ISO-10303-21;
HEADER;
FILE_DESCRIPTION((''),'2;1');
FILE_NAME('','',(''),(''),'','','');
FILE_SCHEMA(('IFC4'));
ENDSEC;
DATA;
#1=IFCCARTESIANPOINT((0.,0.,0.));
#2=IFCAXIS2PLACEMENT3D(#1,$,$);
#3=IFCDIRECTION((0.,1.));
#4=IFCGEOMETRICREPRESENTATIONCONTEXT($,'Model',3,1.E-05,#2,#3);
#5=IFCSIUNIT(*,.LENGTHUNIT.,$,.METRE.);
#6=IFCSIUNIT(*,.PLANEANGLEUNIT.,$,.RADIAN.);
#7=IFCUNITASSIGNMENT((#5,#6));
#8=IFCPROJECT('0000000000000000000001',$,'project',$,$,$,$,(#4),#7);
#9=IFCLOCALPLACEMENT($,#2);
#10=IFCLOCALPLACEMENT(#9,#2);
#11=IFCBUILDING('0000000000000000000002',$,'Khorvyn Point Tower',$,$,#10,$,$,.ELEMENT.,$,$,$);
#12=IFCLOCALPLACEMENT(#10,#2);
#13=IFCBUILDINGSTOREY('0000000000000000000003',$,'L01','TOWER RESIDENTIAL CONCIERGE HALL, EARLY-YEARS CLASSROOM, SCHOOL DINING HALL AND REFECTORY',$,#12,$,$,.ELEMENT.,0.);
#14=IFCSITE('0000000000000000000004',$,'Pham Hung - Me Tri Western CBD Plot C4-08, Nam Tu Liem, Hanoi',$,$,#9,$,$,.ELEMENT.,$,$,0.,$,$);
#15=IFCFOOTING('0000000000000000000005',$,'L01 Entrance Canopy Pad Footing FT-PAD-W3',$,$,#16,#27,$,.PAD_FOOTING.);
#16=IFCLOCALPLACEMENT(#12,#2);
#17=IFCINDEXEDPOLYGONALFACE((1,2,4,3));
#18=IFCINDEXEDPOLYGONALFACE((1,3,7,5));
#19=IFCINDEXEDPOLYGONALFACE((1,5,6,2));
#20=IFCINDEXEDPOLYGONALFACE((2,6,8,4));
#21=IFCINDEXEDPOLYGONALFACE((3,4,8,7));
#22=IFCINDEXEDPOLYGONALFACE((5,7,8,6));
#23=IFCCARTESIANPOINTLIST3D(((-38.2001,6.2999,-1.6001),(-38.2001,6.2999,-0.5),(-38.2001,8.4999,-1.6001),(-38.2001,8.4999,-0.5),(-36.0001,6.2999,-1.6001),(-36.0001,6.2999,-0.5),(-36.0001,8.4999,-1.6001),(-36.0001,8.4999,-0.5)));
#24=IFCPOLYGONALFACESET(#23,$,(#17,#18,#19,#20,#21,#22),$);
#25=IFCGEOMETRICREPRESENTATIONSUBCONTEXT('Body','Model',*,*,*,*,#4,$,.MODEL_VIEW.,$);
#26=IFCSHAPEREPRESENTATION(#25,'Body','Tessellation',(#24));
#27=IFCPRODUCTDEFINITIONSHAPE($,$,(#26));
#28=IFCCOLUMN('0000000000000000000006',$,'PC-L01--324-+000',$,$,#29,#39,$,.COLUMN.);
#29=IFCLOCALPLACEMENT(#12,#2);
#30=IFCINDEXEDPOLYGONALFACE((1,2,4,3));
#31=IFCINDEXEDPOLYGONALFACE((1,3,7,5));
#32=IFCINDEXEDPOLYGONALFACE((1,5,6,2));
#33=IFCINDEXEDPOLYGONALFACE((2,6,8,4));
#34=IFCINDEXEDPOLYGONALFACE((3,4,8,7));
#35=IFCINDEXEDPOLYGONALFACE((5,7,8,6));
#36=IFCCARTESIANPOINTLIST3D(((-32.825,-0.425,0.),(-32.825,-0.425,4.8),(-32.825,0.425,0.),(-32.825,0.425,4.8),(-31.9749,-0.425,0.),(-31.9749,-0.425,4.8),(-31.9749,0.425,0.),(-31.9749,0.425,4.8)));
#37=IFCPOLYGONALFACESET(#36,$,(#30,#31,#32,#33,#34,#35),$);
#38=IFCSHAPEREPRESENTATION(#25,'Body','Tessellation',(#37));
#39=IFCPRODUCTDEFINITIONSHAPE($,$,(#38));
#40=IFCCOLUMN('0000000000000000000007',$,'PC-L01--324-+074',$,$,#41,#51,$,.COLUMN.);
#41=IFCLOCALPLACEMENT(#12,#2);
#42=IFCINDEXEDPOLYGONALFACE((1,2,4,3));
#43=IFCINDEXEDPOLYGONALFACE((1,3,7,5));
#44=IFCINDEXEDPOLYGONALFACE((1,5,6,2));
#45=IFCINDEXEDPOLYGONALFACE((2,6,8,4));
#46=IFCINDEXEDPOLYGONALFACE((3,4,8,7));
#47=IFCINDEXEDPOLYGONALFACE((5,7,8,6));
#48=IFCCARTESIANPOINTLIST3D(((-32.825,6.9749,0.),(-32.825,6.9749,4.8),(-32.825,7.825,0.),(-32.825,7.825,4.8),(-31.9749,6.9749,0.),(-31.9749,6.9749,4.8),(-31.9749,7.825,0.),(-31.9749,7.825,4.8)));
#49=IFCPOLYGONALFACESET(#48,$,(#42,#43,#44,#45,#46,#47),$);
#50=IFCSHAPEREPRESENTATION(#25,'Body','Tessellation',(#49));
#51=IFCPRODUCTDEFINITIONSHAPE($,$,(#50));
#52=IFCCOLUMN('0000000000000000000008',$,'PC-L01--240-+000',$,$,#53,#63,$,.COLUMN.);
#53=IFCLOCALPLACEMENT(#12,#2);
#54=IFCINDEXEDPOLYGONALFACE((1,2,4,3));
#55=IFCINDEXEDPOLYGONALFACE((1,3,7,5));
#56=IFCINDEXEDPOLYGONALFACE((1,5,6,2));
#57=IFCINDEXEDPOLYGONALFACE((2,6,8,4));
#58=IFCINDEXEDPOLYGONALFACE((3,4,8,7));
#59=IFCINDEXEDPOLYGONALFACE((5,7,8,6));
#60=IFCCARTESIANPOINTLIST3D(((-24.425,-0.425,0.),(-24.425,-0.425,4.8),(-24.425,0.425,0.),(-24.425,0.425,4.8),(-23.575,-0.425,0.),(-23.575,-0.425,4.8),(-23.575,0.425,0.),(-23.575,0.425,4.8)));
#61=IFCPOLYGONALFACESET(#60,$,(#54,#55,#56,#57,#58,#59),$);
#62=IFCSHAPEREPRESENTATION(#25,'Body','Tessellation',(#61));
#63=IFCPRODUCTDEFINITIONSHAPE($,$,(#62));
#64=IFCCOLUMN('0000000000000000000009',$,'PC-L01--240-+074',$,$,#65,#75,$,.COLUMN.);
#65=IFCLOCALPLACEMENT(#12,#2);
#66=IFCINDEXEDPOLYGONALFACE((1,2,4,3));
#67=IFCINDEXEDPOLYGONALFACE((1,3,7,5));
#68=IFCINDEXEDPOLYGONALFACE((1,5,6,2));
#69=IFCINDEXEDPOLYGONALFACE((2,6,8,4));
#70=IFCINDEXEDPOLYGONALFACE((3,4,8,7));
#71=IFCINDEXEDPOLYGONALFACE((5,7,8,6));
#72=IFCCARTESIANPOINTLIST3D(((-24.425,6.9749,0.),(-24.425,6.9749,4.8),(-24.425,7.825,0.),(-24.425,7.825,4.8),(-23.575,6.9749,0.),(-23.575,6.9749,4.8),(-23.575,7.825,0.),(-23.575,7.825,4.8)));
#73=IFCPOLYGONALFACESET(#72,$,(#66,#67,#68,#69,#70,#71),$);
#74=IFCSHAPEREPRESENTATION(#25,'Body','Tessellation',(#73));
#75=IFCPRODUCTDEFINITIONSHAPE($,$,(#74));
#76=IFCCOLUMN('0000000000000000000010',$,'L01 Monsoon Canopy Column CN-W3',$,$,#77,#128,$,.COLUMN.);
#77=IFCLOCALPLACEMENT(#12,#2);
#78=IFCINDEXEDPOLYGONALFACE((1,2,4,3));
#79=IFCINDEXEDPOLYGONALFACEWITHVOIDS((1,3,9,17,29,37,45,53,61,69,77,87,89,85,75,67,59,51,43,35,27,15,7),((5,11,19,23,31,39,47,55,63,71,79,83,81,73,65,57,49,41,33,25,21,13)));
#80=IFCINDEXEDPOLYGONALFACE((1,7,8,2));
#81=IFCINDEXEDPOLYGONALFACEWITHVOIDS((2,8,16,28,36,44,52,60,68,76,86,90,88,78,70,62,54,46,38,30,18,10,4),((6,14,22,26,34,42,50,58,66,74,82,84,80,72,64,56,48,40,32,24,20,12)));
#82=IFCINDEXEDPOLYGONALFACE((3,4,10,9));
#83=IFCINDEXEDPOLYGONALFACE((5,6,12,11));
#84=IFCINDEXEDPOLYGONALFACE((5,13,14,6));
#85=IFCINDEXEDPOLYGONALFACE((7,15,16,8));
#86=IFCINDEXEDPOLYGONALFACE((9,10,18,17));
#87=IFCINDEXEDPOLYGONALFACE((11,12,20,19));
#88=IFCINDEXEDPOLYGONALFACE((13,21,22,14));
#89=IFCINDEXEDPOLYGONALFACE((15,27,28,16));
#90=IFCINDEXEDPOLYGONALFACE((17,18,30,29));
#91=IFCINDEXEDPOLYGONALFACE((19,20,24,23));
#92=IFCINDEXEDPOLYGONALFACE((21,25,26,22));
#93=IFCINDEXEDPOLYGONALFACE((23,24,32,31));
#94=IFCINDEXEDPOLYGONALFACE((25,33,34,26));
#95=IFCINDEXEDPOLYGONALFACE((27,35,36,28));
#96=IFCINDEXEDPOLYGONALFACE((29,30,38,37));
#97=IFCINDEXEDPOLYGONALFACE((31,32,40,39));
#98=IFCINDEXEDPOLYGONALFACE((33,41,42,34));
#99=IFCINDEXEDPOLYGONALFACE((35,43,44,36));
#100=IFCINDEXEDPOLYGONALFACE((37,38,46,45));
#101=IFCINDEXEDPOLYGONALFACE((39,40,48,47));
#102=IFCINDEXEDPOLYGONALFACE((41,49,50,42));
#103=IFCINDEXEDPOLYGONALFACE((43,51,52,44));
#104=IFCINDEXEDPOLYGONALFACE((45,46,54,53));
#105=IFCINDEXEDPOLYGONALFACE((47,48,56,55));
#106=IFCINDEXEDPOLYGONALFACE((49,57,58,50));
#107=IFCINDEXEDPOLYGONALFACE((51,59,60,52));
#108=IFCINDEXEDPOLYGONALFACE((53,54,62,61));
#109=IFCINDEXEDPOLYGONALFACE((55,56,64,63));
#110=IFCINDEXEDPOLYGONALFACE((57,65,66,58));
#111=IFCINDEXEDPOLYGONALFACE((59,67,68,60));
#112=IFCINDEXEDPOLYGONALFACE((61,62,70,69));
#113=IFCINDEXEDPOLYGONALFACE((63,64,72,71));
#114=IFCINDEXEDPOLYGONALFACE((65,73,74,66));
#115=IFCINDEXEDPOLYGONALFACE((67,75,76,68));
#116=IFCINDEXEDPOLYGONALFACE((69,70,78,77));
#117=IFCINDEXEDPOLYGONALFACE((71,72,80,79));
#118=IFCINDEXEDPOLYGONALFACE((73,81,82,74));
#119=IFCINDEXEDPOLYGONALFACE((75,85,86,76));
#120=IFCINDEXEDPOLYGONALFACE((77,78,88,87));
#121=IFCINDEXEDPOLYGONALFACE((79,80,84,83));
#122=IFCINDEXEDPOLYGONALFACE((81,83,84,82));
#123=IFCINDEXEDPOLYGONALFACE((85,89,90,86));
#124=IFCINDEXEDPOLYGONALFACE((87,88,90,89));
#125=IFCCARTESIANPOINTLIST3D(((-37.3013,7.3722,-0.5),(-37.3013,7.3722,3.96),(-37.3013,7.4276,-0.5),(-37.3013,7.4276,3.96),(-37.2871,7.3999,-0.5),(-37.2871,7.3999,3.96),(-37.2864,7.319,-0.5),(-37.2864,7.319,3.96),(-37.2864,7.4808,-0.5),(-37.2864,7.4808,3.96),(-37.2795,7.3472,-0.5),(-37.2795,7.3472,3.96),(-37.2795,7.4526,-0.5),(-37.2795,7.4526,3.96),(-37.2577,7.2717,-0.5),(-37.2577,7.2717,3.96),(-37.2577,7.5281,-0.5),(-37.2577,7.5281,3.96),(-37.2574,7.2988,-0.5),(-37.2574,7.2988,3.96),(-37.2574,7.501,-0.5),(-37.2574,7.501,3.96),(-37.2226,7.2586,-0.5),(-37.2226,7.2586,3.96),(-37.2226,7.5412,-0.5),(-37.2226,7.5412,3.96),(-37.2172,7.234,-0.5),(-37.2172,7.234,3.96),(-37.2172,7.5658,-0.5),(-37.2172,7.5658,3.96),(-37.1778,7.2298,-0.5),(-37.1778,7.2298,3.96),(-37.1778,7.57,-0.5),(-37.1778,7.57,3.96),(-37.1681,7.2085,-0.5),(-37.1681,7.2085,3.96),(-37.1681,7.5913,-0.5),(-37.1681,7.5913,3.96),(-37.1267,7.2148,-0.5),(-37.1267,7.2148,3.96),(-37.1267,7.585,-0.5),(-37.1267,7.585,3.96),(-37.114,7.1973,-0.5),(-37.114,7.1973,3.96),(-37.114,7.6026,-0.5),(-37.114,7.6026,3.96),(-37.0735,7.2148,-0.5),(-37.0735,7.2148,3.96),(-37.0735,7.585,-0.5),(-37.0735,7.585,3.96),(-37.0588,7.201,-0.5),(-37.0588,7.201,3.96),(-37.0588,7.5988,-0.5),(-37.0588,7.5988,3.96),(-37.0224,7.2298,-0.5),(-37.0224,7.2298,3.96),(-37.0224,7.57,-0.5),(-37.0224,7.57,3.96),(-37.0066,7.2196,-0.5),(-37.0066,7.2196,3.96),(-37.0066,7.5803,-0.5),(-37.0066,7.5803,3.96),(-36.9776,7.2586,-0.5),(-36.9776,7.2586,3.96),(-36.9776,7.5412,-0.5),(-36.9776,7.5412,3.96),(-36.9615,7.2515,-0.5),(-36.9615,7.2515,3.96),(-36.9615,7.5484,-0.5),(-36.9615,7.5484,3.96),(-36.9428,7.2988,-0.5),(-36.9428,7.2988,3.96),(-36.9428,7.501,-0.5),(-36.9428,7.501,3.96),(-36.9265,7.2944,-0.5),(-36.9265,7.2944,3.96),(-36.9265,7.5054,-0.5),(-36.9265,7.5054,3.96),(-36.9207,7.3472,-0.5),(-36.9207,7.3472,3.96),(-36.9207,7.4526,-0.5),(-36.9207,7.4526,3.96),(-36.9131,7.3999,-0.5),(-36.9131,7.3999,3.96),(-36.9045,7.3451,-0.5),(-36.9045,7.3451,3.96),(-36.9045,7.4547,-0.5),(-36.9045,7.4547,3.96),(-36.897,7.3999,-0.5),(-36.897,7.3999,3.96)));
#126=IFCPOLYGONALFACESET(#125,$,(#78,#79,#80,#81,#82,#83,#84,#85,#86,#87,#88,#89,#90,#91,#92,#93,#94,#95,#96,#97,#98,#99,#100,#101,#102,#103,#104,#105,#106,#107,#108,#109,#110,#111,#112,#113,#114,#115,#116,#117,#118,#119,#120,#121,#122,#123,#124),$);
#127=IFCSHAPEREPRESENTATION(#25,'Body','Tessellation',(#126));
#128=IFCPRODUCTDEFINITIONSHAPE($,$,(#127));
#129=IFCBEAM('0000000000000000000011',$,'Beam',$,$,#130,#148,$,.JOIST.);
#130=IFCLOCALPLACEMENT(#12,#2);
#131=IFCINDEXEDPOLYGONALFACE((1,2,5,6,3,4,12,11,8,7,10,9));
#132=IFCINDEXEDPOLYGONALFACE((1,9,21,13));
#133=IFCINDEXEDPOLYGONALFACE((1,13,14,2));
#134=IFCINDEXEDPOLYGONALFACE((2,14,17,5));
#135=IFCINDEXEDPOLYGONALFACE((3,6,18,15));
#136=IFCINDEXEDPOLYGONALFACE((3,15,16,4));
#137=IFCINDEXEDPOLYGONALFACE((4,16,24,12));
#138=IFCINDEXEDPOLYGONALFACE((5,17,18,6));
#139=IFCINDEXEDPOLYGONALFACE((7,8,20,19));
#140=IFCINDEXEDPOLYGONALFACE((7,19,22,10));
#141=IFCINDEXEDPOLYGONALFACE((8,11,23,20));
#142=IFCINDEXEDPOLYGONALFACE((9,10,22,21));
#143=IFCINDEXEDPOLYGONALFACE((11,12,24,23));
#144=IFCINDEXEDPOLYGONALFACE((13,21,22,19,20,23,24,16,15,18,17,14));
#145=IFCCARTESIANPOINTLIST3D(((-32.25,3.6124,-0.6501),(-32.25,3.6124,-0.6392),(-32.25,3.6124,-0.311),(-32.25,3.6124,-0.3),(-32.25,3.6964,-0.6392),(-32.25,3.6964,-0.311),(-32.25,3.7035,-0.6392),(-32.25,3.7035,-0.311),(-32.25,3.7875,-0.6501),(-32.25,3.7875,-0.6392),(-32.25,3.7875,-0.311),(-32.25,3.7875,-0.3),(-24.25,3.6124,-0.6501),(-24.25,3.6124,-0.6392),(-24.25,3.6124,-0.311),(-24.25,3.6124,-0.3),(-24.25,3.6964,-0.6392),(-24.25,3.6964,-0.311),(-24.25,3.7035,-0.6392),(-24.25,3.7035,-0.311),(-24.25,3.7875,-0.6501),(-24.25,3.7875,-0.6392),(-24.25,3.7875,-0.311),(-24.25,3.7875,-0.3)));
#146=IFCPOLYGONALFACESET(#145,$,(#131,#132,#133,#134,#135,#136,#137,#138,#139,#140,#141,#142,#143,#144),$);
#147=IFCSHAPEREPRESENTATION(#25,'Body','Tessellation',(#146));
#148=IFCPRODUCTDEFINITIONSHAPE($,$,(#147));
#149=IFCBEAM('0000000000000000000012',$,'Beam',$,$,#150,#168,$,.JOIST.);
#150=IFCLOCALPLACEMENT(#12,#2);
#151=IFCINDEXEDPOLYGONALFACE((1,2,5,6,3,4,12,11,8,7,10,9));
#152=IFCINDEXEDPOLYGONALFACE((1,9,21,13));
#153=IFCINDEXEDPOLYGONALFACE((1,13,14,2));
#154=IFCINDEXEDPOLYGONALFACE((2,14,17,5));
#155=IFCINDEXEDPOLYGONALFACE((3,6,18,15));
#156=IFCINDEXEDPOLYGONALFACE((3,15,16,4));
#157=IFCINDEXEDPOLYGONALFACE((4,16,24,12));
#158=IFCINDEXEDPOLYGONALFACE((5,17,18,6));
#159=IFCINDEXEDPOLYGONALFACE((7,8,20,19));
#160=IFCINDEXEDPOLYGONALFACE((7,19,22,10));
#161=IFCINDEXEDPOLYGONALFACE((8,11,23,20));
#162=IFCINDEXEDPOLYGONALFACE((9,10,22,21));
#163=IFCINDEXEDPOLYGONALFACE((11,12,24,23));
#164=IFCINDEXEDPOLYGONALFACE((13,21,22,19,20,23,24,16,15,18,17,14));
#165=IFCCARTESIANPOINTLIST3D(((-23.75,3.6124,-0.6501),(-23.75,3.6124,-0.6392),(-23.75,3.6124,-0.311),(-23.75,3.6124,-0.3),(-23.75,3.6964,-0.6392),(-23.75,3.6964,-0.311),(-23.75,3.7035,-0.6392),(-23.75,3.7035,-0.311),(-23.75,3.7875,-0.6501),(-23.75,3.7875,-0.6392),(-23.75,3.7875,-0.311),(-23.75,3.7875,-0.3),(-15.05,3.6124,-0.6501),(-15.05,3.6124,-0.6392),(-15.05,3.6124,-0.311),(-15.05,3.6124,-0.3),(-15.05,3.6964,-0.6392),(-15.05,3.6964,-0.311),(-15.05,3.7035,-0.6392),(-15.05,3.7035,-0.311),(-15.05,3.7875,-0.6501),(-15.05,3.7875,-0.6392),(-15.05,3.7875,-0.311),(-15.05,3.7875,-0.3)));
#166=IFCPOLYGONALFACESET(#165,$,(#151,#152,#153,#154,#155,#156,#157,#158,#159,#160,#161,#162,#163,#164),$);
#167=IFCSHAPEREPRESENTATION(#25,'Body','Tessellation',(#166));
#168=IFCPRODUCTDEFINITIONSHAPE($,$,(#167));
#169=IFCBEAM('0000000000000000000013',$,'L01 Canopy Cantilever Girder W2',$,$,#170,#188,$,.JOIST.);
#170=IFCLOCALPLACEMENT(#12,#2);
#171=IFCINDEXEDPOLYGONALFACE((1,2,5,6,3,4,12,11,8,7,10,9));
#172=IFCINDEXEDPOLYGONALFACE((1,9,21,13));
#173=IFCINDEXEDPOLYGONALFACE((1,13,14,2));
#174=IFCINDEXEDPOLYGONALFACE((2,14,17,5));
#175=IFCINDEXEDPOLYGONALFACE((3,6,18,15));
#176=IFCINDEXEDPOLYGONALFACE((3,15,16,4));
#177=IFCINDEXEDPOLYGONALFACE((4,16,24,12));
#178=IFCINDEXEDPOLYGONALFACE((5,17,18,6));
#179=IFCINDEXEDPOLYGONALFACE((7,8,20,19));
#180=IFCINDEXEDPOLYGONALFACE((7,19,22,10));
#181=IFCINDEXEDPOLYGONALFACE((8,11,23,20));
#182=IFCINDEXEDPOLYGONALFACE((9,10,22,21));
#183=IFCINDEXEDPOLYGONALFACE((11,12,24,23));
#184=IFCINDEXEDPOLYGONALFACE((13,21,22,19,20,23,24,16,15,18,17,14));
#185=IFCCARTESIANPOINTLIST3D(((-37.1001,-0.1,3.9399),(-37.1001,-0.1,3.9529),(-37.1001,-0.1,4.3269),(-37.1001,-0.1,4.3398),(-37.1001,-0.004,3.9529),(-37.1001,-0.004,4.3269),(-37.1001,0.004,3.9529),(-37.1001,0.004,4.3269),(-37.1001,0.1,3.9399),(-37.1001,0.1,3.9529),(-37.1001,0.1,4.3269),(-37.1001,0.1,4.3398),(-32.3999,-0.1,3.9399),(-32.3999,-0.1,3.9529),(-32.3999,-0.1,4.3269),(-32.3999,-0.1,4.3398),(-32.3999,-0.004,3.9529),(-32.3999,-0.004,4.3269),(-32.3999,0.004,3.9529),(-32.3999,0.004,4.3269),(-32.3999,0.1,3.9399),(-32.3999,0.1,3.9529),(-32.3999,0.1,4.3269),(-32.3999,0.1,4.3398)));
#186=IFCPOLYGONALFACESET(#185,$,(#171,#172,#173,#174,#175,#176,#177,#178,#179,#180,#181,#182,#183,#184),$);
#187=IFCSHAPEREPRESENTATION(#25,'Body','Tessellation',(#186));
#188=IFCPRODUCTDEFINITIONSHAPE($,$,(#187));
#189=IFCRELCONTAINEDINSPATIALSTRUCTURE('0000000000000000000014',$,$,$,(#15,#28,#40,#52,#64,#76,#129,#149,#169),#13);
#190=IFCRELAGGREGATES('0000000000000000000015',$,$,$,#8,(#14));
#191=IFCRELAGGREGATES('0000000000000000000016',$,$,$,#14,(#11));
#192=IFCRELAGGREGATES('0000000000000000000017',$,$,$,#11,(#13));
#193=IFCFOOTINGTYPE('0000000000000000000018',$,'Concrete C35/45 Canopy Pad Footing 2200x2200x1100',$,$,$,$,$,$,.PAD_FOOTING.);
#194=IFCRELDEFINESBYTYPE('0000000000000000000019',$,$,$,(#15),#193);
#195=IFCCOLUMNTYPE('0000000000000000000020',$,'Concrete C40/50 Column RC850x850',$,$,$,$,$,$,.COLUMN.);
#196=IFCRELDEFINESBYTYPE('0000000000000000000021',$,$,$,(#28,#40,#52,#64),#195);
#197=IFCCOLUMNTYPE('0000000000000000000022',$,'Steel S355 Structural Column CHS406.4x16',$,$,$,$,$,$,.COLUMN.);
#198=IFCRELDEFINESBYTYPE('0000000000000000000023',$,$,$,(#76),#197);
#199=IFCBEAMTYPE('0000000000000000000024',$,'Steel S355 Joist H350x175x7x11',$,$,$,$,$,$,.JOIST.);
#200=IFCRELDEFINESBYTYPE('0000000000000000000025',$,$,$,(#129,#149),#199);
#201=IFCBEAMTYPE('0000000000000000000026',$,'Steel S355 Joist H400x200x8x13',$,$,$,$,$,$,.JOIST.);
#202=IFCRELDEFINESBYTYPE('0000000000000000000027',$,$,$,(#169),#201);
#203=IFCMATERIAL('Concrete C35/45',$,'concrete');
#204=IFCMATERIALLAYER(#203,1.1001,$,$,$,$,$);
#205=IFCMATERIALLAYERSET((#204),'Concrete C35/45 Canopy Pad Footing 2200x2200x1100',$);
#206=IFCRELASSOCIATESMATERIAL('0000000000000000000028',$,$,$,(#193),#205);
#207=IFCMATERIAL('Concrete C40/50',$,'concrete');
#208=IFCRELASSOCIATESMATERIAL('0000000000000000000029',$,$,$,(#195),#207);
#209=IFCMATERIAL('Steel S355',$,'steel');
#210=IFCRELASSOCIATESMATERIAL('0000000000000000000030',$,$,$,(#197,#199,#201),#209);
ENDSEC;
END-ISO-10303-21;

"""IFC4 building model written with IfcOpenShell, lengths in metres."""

from ifc_helpers import new_model, si_unit, direction, frame, origin, origin_2d, place, context, subcontext, project, spatial, rectangle, hollow_circle, i_section, extrude, material, layer, layer_set, material_profile, profile_set, type_object, element, save


model = new_model("IFC4")

# Units and contexts
model_context = context("Model", 3, precision=1e-05, world=origin(), true_north=direction((0.0, 1.0)))
body_context = subcontext(model_context, "Body", "Model", "MODEL_VIEW")
ifc_project = project(units=[si_unit("LENGTHUNIT", "METRE"), si_unit("PLANEANGLEUNIT", "RADIAN")], contexts=[model_context])

# Site, building, storey
site_placement = place(None, origin())
site = spatial("IfcSite", under=ifc_project, at=site_placement, Name="Pham Hung - Me Tri Western CBD Plot C4-08, Nam Tu Liem, Hanoi", CompositionType="ELEMENT", RefElevation=0.0)
building_placement = place(site_placement, origin())
building = spatial("IfcBuilding", under=site, at=building_placement, Name="Khorvyn Point Tower", CompositionType="ELEMENT")
storey_placement = place(building_placement, origin())
storey = spatial("IfcBuildingStorey", under=building, at=storey_placement, Name="L01", Description="TOWER RESIDENTIAL CONCIERGE HALL, EARLY-YEARS CLASSROOM, SCHOOL DINING HALL AND REFECTORY", CompositionType="ELEMENT", Elevation=0.0)

# Footing
ifc_material_1 = material(Name="Concrete C35/45", Category="concrete")
ifc_layer_1 = layer(ifc_material_1, 1.1001)
ifc_layer_set_1 = layer_set([ifc_layer_1], Name="Concrete C35/45 Canopy Pad Footing 2200x2200x1100")
footing_type = type_object("IfcFootingType", Name="Concrete C35/45 Canopy Pad Footing 2200x2200x1100", PredefinedType="PAD_FOOTING", material=ifc_layer_set_1)
footing_placement = place(storey_placement, frame((-37.1001, 7.3999, -1.6001), z_axis=(0.0, 0.0, 1.0), x_axis=(1.0, 0.0, 0.0)))
element("IfcFooting", 1, at=footing_placement, inside=storey, type_object=footing_type, Name="L01 Entrance Canopy Pad Footing FT-PAD-W3", PredefinedType="PAD_FOOTING", context=body_context, shape_type="SweptSolid", body=[
    extrude(rectangle(XDim=2.2, YDim=2.2, at=origin_2d()), origin(), (0.0, 0.0, 1.0), 1.1001),
])

# Columns
ifc_material_2 = material(Name="Concrete C40/50", Category="concrete")
ifc_material_profile_1 = material_profile(ifc_material_2, rectangle(XDim=0.8501, YDim=0.8501, at=origin_2d()))
ifc_profile_set_1 = profile_set([ifc_material_profile_1], Name="Concrete C40/50 RC850x850")
column_type_1 = type_object("IfcColumnType", Name="Concrete C40/50 Column RC850x850", PredefinedType="COLUMN", material=ifc_profile_set_1)
for number, where, z_axis, x_axis, name in (
    (2, (-32.3999, 0.0, 0.0), (0.0, 0.0, 1.0), (1.0, 0.0, 0.0), "PC-L01--324-+000"),
    (3, (-32.3999, 7.3999, 0.0), (0.0, 0.0, 1.0), (1.0, 0.0, 0.0), "PC-L01--324-+074"),
    (4, (-24.0, 0.0, 0.0), (0.0, 0.0, 1.0), (1.0, 0.0, 0.0), "PC-L01--240-+000"),
    (5, (-24.0, 7.3999, 0.0), (0.0, 0.0, 1.0), (1.0, 0.0, 0.0), "PC-L01--240-+074"),
):
    element("IfcColumn", number, at=place(storey_placement, frame(where, z_axis=z_axis, x_axis=x_axis)), inside=storey, type_object=column_type_1, Name=name, PredefinedType="COLUMN", context=body_context, shape_type="SweptSolid", body=[
        extrude(rectangle(XDim=0.8501, YDim=0.8501, at=origin_2d()), origin(), (0.0, 0.0, 1.0), 4.8),
    ])
ifc_material_3 = material(Name="Steel S355", Category="steel")
ifc_material_profile_2 = material_profile(ifc_material_3, hollow_circle(Radius=0.2031, WallThickness=0.0161, at=origin_2d()))
ifc_profile_set_2 = profile_set([ifc_material_profile_2], Name="Steel S355 CHS406.4x16")
column_type_2 = type_object("IfcColumnType", Name="Steel S355 Structural Column CHS406.4x16", PredefinedType="COLUMN", material=ifc_profile_set_2)
column_placement = place(storey_placement, frame((-37.1001, 7.3999, -0.5), z_axis=(0.0, 0.0, 1.0), x_axis=(1.0, 0.0, 0.0)))
element("IfcColumn", 6, at=column_placement, inside=storey, type_object=column_type_2, Name="L01 Monsoon Canopy Column CN-W3", PredefinedType="COLUMN", context=body_context, shape_type="SweptSolid", body=[
    extrude(hollow_circle(Radius=0.2031, WallThickness=0.0161, at=origin_2d()), origin(), (0.0, 0.0, 1.0), 4.46),
])

# Beams
ifc_material_profile_3 = material_profile(ifc_material_3, i_section(OverallWidth=0.175, OverallDepth=0.3501, WebThickness=0.0071, FlangeThickness=0.011, at=origin_2d()))
ifc_profile_set_3 = profile_set([ifc_material_profile_3], Name="Steel S355 H350x175x7x11")
beam_type_1 = type_object("IfcBeamType", Name="Steel S355 Joist H350x175x7x11", PredefinedType="JOIST", material=ifc_profile_set_3)
beam_1_placement = place(storey_placement, frame((-32.25, 3.7, -0.4751), z_axis=(1.0, 0.0, 0.0), x_axis=(0.0, 1.0, 0.0)))
element("IfcBeam", 7, at=beam_1_placement, inside=storey, type_object=beam_type_1, Name="Beam", PredefinedType="JOIST", context=body_context, shape_type="SweptSolid", body=[
    extrude(i_section(OverallWidth=0.175, OverallDepth=0.3501, WebThickness=0.0071, FlangeThickness=0.011, at=origin_2d()), origin(), (0.0, 0.0, 1.0), 8.0),
])
beam_2_placement = place(storey_placement, frame((-23.75, 3.7, -0.4751), z_axis=(1.0, 0.0, 0.0), x_axis=(0.0, 1.0, 0.0)))
element("IfcBeam", 8, at=beam_2_placement, inside=storey, type_object=beam_type_1, Name="Beam", PredefinedType="JOIST", context=body_context, shape_type="SweptSolid", body=[
    extrude(i_section(OverallWidth=0.175, OverallDepth=0.3501, WebThickness=0.0071, FlangeThickness=0.011, at=origin_2d()), origin(), (0.0, 0.0, 1.0), 8.7),
])
ifc_material_profile_4 = material_profile(ifc_material_3, i_section(OverallWidth=0.2, OverallDepth=0.3999, WebThickness=0.0081, FlangeThickness=0.0129, at=origin_2d()))
ifc_profile_set_4 = profile_set([ifc_material_profile_4], Name="Steel S355 H400x200x8x13")
beam_type_2 = type_object("IfcBeamType", Name="Steel S355 Joist H400x200x8x13", PredefinedType="JOIST", material=ifc_profile_set_4)
for number, where, z_axis, x_axis, name in (
    (9, (-32.3999, 0.0, 4.1399), (-1.0, 0.0, 0.0), (0.0, -1.0, 0.0), "L01 Canopy Cantilever Girder W2"),
):
    element("IfcBeam", number, at=place(storey_placement, frame(where, z_axis=z_axis, x_axis=x_axis)), inside=storey, type_object=beam_type_2, Name=name, PredefinedType="JOIST", context=body_context, shape_type="SweptSolid", body=[
        extrude(i_section(OverallWidth=0.2, OverallDepth=0.3999, WebThickness=0.0081, FlangeThickness=0.0129, at=origin_2d()), origin(), (0.0, 0.0, 1.0), 4.7002),
    ])

save(model, "model.ifc")
